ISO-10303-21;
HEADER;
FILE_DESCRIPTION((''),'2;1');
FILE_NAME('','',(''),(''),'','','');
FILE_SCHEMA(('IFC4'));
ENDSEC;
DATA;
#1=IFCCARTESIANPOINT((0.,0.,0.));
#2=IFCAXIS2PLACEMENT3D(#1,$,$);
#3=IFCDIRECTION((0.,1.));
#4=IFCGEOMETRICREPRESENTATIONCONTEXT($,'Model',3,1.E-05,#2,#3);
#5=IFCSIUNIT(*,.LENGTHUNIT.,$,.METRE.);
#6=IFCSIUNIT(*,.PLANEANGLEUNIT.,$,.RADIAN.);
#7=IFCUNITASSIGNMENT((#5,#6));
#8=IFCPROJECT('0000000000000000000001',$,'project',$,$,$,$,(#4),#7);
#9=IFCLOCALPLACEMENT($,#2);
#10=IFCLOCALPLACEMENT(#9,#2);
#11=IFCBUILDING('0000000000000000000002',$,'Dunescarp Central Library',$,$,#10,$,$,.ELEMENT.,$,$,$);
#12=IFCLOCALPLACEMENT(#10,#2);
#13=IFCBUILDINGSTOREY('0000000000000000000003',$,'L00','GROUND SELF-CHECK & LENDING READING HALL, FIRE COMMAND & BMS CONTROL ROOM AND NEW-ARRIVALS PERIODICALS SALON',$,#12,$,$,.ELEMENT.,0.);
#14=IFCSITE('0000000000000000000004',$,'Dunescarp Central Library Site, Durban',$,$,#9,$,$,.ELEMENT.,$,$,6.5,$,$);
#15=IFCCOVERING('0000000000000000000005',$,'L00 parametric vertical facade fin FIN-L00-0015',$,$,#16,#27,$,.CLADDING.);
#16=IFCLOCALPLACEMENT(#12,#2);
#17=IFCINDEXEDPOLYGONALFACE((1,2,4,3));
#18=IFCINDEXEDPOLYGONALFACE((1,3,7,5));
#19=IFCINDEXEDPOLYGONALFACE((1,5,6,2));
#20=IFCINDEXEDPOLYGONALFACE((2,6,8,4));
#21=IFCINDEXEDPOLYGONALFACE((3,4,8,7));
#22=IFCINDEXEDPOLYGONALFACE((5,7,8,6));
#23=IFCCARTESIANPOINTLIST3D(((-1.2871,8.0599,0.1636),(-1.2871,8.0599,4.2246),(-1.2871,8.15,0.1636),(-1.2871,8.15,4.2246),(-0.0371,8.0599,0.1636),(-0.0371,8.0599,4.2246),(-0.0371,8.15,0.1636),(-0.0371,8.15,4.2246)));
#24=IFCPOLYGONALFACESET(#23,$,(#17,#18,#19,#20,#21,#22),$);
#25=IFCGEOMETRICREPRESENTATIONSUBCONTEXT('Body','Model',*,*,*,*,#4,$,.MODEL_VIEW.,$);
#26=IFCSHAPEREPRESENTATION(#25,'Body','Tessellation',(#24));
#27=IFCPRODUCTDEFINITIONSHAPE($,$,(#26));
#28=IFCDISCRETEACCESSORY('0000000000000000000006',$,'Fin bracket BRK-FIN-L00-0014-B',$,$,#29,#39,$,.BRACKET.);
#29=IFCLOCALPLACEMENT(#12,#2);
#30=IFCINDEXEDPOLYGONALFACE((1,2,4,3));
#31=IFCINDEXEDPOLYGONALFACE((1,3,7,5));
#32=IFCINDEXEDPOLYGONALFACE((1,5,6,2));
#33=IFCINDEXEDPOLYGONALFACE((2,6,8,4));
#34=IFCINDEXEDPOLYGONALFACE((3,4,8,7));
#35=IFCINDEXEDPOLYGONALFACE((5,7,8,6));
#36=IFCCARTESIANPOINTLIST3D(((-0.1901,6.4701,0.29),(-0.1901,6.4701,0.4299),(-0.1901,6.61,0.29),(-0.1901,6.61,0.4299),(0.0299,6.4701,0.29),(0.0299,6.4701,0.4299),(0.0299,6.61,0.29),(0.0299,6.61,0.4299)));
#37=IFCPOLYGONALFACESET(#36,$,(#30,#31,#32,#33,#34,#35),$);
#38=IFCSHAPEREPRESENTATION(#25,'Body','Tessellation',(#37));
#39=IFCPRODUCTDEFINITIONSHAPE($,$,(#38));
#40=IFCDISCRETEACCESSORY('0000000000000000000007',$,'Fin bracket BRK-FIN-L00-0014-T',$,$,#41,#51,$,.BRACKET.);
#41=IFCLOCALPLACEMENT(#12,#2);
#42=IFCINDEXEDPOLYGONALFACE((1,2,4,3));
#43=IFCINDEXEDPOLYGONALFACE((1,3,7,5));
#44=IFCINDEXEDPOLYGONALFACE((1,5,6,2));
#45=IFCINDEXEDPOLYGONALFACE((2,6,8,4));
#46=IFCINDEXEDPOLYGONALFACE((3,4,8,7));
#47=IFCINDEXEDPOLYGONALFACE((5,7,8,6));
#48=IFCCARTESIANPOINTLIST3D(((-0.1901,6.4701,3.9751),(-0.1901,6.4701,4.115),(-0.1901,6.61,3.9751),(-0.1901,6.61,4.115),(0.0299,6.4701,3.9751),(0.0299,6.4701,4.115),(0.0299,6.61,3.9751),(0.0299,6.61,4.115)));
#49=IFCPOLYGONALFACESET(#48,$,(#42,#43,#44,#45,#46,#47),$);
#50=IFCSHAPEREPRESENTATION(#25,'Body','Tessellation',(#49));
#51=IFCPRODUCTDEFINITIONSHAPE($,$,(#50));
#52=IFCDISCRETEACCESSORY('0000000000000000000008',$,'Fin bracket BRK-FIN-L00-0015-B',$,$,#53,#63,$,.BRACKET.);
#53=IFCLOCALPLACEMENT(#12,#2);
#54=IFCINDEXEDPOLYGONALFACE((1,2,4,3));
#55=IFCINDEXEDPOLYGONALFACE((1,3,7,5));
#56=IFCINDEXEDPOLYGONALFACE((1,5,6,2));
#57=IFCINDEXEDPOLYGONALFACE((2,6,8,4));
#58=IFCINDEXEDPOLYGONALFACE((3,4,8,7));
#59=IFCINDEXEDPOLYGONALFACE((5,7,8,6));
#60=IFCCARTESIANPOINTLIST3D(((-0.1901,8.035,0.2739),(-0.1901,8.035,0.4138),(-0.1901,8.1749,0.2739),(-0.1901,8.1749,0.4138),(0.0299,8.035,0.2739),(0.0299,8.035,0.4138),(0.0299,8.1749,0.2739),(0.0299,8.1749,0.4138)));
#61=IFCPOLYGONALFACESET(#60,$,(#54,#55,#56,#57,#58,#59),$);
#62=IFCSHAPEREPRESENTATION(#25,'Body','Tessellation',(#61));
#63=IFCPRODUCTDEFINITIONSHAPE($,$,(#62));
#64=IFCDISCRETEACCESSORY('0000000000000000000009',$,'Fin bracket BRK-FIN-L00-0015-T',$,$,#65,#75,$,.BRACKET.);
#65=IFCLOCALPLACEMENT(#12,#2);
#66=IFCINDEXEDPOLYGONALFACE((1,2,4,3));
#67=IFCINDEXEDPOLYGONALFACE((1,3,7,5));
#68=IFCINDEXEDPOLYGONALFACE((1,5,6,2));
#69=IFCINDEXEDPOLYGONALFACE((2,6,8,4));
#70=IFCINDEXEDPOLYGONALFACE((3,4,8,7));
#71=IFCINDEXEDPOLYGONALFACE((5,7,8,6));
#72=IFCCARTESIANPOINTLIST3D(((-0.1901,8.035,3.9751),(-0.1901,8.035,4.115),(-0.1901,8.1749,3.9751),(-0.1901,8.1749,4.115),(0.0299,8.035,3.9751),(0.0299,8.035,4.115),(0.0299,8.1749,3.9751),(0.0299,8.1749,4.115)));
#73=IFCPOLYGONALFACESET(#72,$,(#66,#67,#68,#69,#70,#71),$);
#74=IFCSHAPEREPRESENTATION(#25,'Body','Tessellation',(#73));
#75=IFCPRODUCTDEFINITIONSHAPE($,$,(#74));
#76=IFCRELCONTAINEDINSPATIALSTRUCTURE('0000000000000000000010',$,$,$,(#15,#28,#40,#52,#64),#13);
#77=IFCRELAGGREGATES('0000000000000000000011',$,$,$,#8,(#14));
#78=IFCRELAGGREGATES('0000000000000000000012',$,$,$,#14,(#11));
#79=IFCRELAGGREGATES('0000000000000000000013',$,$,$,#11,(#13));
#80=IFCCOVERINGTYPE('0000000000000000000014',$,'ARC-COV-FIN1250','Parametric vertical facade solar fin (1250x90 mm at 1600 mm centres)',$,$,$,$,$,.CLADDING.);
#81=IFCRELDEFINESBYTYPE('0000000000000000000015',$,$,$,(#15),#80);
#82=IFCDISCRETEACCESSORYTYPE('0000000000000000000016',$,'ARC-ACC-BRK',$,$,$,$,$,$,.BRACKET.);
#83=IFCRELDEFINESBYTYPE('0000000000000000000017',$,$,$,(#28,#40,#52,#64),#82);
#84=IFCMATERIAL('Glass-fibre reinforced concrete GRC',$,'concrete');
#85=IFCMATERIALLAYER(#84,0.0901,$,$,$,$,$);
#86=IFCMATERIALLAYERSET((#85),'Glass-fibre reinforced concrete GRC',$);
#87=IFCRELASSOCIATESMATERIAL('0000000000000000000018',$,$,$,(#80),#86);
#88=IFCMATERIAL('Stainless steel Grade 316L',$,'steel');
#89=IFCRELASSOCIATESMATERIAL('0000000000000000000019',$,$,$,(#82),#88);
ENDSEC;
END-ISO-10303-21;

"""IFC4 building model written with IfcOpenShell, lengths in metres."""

from ifc_helpers import new_model, si_unit, direction, frame, origin, origin_2d, place, context, subcontext, project, spatial, rectangle, extrude, material, layer, layer_set, type_object, element, save


model = new_model("IFC4")

# Units and contexts
model_context = context("Model", 3, precision=1e-05, world=origin(), true_north=direction((0.0, 1.0)))
body_context = subcontext(model_context, "Body", "Model", "MODEL_VIEW")
ifc_project = project(units=[si_unit("LENGTHUNIT", "METRE"), si_unit("PLANEANGLEUNIT", "RADIAN")], contexts=[model_context])

# Site, building, storey
site_placement = place(None, origin())
site = spatial("IfcSite", under=ifc_project, at=site_placement, Name="Dunescarp Central Library Site, Durban", CompositionType="ELEMENT", RefElevation=6.5)
building_placement = place(site_placement, origin())
building = spatial("IfcBuilding", under=site, at=building_placement, Name="Dunescarp Central Library", CompositionType="ELEMENT")
storey_placement = place(building_placement, origin())
storey = spatial("IfcBuildingStorey", under=building, at=storey_placement, Name="L00", Description="GROUND SELF-CHECK & LENDING READING HALL, FIRE COMMAND & BMS CONTROL ROOM AND NEW-ARRIVALS PERIODICALS SALON", CompositionType="ELEMENT", Elevation=0.0)

# Covering
ifc_material_1 = material(Name="Glass-fibre reinforced concrete GRC", Category="concrete")
ifc_layer_1 = layer(ifc_material_1, 0.0901)
ifc_layer_set_1 = layer_set([ifc_layer_1], Name="Glass-fibre reinforced concrete GRC")
covering_type = type_object("IfcCoveringType", Name="ARC-COV-FIN1250", Description="Parametric vertical facade solar fin (1250x90 mm at 1600 mm centres)", PredefinedType="CLADDING", material=ifc_layer_set_1)
covering_1_placement = place(storey_placement, frame((-0.6621, 8.105, 0.1636), z_axis=(0.0, 0.0, 1.0), x_axis=(-1.0, 0.0, 0.0)))
element("IfcCovering", 1, at=covering_1_placement, inside=storey, type_object=covering_type, Name="L00 parametric vertical facade fin FIN-L00-0015", PredefinedType="CLADDING", context=body_context, shape_type="SweptSolid", body=[
    extrude(rectangle(XDim=1.25, YDim=0.0901, at=origin_2d()), origin(), (0.0, 0.0, 1.0), 4.061),
])

# Discrete accessories
ifc_material_2 = material(Name="Stainless steel Grade 316L", Category="steel")
discrete_accessory_type = type_object("IfcDiscreteAccessoryType", Name="ARC-ACC-BRK", PredefinedType="BRACKET", material=ifc_material_2)
for number, where, z_axis, x_axis, name in (
    (2, (-0.0801, 6.54, 0.29), (0.0, 0.0, 1.0), (-1.0, 0.0, 0.0), "Fin bracket BRK-FIN-L00-0014-B"),
    (3, (-0.0801, 6.54, 3.9751), (0.0, 0.0, 1.0), (-1.0, 0.0, 0.0), "Fin bracket BRK-FIN-L00-0014-T"),
    (4, (-0.0801, 8.105, 0.2739), (0.0, 0.0, 1.0), (-1.0, 0.0, 0.0), "Fin bracket BRK-FIN-L00-0015-B"),
    (5, (-0.0801, 8.105, 3.9751), (0.0, 0.0, 1.0), (-1.0, 0.0, 0.0), "Fin bracket BRK-FIN-L00-0015-T"),
):
    element("IfcDiscreteAccessory", number, at=place(storey_placement, frame(where, z_axis=z_axis, x_axis=x_axis)), inside=storey, type_object=discrete_accessory_type, Name=name, PredefinedType="BRACKET", context=body_context, shape_type="SweptSolid", body=[
        extrude(rectangle(XDim=0.22, YDim=0.1399, at=origin_2d()), origin(), (0.0, 0.0, 1.0), 0.1399),
    ])

save(model, "model.ifc")
